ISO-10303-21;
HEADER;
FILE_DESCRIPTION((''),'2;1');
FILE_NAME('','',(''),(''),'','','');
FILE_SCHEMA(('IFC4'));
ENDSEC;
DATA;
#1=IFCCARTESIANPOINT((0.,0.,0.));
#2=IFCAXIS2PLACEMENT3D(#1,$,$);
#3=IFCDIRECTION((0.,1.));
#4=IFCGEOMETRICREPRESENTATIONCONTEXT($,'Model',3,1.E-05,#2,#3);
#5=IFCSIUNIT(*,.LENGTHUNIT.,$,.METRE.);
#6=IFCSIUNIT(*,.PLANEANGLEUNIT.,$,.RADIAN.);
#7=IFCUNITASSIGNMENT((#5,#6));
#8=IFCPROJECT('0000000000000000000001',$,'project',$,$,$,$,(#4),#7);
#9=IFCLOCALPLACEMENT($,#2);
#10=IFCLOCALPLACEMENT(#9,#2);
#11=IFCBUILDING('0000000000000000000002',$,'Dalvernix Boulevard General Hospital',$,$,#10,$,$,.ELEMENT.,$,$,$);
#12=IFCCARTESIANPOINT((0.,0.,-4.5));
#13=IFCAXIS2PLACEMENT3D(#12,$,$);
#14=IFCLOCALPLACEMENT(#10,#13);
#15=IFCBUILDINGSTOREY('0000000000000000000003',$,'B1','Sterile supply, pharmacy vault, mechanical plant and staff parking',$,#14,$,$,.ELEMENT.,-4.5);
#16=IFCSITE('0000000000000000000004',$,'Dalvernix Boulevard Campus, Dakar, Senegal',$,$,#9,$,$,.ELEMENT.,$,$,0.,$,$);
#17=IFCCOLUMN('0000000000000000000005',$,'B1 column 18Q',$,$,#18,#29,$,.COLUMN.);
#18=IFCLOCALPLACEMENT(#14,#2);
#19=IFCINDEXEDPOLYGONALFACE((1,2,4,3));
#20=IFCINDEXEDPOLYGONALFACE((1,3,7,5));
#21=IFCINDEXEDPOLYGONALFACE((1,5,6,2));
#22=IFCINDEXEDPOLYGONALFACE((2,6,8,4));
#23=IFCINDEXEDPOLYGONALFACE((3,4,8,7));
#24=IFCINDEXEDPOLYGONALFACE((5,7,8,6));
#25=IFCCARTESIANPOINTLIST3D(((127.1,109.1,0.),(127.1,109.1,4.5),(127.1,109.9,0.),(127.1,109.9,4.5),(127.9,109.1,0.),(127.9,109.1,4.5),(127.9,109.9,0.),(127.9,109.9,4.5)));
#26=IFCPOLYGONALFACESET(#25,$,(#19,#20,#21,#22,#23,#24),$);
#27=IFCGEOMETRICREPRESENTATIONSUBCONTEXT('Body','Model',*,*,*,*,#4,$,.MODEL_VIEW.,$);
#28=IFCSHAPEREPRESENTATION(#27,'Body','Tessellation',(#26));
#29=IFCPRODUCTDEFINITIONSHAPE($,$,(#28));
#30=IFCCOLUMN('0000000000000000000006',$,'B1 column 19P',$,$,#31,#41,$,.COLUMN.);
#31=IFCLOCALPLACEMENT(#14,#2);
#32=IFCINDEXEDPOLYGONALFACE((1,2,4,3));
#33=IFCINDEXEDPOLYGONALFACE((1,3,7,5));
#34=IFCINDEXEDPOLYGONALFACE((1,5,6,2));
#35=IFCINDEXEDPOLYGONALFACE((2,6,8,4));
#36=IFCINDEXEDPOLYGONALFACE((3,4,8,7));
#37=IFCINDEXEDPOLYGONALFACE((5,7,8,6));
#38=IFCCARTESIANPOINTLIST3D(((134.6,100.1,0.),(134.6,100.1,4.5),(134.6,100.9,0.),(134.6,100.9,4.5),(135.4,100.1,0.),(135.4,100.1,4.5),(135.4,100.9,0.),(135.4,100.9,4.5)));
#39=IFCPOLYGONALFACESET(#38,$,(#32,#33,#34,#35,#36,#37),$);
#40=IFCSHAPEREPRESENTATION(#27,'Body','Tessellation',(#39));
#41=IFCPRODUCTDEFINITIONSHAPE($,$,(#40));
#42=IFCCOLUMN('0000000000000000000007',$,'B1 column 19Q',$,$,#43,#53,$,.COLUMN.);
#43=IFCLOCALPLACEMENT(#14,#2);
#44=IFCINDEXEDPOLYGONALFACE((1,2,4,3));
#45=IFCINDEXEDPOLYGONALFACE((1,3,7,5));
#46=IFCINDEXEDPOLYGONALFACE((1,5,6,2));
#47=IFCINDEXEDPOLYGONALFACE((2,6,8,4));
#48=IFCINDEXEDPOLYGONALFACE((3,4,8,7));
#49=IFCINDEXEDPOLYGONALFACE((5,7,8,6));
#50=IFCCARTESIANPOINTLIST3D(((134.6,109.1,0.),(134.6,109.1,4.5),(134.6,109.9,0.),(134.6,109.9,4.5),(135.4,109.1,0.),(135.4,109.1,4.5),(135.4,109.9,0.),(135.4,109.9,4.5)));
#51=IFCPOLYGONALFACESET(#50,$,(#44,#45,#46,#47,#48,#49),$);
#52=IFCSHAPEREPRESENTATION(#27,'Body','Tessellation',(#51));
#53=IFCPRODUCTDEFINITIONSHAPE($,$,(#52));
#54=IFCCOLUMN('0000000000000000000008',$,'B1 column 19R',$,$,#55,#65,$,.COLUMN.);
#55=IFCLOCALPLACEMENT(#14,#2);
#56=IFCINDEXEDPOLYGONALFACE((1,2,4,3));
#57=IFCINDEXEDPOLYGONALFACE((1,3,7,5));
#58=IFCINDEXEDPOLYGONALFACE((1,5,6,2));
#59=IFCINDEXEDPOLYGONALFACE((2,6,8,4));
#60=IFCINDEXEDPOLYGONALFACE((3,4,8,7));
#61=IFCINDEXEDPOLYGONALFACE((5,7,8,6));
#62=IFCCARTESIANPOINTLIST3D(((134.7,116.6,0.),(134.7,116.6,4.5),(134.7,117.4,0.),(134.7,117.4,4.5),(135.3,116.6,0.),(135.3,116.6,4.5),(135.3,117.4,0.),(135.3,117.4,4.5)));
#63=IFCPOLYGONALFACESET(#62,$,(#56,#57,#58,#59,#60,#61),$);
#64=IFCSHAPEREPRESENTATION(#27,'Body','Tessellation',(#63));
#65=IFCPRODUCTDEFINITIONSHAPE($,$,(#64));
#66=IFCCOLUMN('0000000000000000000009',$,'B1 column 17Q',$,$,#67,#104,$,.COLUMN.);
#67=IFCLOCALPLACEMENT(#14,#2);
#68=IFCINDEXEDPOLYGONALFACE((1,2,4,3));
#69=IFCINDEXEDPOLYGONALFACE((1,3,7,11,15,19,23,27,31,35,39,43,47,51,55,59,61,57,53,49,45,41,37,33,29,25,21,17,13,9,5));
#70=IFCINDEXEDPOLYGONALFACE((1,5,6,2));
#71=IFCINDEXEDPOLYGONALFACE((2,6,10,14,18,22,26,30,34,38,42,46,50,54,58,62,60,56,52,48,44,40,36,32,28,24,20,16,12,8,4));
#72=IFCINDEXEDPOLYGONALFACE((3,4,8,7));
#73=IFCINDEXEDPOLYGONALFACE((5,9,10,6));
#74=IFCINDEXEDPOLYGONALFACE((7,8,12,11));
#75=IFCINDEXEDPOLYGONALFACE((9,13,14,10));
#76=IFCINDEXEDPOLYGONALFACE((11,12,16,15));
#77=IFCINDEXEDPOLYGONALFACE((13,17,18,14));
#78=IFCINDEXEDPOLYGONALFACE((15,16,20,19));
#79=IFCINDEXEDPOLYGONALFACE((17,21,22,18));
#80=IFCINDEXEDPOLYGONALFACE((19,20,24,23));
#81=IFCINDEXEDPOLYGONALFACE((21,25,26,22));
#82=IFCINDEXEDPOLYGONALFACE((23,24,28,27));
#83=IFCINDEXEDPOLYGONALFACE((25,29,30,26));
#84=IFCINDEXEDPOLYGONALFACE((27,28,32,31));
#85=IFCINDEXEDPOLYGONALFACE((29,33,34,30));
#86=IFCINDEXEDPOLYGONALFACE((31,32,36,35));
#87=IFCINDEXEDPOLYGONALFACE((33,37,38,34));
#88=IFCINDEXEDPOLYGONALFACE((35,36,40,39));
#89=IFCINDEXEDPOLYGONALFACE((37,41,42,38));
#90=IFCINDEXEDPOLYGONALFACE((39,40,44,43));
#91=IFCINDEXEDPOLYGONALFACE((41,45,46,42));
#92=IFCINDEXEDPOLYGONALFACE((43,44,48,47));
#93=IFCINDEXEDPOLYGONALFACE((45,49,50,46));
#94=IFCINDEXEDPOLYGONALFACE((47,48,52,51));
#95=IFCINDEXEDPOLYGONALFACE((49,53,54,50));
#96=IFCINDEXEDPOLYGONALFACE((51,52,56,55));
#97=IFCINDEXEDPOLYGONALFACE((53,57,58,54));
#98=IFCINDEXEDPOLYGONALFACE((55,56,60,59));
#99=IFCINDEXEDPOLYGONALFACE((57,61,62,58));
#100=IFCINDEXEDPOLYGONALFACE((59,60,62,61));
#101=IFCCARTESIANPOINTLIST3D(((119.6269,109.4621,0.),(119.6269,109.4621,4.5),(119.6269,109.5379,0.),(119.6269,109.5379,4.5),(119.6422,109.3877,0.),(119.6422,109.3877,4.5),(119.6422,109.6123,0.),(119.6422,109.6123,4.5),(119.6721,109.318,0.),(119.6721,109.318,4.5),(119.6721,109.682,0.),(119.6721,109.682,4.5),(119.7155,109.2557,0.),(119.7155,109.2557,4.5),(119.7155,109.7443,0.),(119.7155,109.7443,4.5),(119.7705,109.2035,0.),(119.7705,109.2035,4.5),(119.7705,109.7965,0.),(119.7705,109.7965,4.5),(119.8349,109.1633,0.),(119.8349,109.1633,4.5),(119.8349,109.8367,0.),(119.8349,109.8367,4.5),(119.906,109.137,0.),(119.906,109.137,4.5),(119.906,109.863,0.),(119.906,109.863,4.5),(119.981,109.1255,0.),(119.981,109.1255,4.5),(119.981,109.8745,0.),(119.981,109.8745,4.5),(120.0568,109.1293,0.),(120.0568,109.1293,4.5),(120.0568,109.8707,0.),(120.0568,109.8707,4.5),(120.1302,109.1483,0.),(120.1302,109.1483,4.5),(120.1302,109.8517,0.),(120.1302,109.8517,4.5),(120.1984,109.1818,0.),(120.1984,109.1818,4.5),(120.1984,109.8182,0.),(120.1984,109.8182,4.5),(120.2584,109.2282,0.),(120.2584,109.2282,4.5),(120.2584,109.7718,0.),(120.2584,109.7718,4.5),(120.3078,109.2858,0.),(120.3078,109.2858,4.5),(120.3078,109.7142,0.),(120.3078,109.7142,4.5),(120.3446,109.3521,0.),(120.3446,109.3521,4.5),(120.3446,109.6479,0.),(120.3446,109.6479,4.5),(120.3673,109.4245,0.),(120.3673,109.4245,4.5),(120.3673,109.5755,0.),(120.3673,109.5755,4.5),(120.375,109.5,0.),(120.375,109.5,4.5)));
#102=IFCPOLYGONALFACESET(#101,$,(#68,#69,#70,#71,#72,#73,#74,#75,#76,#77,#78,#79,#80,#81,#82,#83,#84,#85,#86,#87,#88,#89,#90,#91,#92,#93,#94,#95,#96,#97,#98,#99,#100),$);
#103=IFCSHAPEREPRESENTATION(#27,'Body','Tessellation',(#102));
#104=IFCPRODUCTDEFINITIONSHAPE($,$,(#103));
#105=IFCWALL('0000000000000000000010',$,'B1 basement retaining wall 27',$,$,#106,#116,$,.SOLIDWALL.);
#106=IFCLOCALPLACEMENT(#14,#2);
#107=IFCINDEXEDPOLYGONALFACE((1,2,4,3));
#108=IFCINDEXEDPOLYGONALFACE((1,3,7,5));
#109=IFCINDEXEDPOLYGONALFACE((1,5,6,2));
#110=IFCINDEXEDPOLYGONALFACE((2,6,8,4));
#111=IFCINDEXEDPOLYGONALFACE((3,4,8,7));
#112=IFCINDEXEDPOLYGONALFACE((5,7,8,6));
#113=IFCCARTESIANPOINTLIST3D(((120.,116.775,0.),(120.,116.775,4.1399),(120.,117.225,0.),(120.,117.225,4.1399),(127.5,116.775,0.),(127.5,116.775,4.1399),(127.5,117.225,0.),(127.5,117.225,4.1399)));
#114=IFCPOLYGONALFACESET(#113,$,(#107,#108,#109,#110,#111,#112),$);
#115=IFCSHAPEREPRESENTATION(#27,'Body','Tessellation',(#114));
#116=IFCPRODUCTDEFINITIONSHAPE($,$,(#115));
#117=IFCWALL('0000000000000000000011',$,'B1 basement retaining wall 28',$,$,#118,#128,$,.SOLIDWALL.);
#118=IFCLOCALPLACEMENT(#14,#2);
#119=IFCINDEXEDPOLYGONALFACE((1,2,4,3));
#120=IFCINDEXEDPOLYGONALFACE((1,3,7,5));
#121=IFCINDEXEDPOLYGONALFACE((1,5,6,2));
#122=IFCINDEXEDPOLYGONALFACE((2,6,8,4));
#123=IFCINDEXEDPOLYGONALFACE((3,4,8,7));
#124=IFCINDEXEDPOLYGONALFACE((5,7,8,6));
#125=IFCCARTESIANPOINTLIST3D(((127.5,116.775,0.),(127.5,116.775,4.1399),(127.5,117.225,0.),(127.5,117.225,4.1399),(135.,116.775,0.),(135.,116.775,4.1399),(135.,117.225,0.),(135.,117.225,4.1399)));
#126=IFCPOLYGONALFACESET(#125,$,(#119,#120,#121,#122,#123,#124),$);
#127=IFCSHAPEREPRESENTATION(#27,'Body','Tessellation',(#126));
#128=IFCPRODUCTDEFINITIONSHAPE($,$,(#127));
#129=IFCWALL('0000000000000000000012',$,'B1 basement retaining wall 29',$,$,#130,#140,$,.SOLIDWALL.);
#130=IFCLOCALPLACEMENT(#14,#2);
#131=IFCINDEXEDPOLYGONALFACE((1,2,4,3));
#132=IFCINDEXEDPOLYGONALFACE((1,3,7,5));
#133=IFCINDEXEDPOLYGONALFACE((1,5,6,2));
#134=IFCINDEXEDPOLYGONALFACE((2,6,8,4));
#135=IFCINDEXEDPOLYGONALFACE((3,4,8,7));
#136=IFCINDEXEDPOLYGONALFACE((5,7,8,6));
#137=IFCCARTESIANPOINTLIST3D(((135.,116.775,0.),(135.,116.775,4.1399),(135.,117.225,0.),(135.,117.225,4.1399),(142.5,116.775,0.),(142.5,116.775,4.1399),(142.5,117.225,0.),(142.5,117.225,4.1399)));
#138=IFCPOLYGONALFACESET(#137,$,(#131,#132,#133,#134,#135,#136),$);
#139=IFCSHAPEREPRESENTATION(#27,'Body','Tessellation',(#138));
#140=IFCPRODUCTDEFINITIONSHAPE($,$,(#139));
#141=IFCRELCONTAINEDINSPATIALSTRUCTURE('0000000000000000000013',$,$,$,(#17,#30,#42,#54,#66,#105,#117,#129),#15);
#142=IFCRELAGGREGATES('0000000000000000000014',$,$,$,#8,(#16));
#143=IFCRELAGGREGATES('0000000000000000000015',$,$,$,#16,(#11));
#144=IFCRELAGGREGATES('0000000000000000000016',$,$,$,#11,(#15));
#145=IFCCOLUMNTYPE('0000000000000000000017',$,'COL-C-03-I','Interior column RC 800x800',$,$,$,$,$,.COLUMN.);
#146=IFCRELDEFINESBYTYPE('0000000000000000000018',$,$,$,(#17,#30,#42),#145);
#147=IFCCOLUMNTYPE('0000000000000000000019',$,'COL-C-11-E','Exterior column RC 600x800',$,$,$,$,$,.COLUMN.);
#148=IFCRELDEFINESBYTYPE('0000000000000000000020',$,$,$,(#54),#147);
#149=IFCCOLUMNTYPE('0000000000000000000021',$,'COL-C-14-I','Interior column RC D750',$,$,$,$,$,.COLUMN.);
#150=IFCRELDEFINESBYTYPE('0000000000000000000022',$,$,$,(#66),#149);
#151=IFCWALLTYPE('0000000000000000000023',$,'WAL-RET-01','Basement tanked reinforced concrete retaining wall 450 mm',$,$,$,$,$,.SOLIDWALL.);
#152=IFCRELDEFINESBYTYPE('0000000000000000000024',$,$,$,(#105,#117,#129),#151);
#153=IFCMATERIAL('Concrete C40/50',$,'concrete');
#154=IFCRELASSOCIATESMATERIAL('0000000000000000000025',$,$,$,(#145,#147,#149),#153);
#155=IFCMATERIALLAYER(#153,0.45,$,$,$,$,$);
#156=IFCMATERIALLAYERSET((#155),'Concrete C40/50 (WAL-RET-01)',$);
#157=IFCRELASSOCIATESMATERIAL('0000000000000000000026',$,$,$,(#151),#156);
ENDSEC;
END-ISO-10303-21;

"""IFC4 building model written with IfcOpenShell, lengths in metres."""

from ifc_helpers import new_model, si_unit, direction, frame, frame_2d, origin, origin_2d, place, context, subcontext, project, spatial, rectangle, circle, extrude, material, layer, layer_set, material_profile, profile_set, type_object, element, save


model = new_model("IFC4")

# Units and contexts
model_context = context("Model", 3, precision=1e-05, world=origin(), true_north=direction((0.0, 1.0)))
body_context = subcontext(model_context, "Body", "Model", "MODEL_VIEW")
ifc_project = project(units=[si_unit("LENGTHUNIT", "METRE"), si_unit("PLANEANGLEUNIT", "RADIAN")], contexts=[model_context])

# Site, building, storey
site_placement = place(None, origin())
site = spatial("IfcSite", under=ifc_project, at=site_placement, Name="Dalvernix Boulevard Campus, Dakar, Senegal", CompositionType="ELEMENT", RefElevation=0.0)
building_placement = place(site_placement, origin())
building = spatial("IfcBuilding", under=site, at=building_placement, Name="Dalvernix Boulevard General Hospital", CompositionType="ELEMENT")
storey_placement = place(building_placement, frame((0.0, 0.0, -4.5)))
storey = spatial("IfcBuildingStorey", under=building, at=storey_placement, Name="B1", Description="Sterile supply, pharmacy vault, mechanical plant and staff parking", CompositionType="ELEMENT", Elevation=-4.5)

# Shared definitions
ifc_material_1 = material(Name="Concrete C40/50", Category="concrete")

# Columns
ifc_material_profile_1 = material_profile(ifc_material_1, rectangle(XDim=0.8, YDim=0.8, at=origin_2d()), Name="RC 800x800")
ifc_profile_set_1 = profile_set([ifc_material_profile_1], Name="Concrete C40/50")
column_type_1 = type_object("IfcColumnType", Name="COL-C-03-I", Description="Interior column RC 800x800", PredefinedType="COLUMN", material=ifc_profile_set_1)
for number, where, z_axis, x_axis, name in (
    (1, (127.5, 109.5, 0.0), (0.0, 0.0, 1.0), (1.0, 0.0, 0.0), "B1 column 18Q"),
    (2, (135.0, 100.5, 0.0), (0.0, 0.0, 1.0), (1.0, 0.0, 0.0), "B1 column 19P"),
    (3, (135.0, 109.5, 0.0), (0.0, 0.0, 1.0), (1.0, 0.0, 0.0), "B1 column 19Q"),
):
    element("IfcColumn", number, at=place(storey_placement, frame(where, z_axis=z_axis, x_axis=x_axis)), inside=storey, type_object=column_type_1, Name=name, PredefinedType="COLUMN", context=body_context, shape_type="SweptSolid", body=[
        extrude(rectangle(XDim=0.8, YDim=0.8, at=origin_2d()), origin(), (0.0, 0.0, 1.0), 4.5),
    ])
ifc_material_profile_2 = material_profile(ifc_material_1, rectangle(XDim=0.6001, YDim=0.8, at=origin_2d()), Name="RC 600x800")
ifc_profile_set_2 = profile_set([ifc_material_profile_2], Name="Concrete C40/50")
column_type_2 = type_object("IfcColumnType", Name="COL-C-11-E", Description="Exterior column RC 600x800", PredefinedType="COLUMN", material=ifc_profile_set_2)
column_1_placement = place(storey_placement, frame((135.0, 117.0, 0.0), z_axis=(0.0, 0.0, 1.0), x_axis=(1.0, 0.0, 0.0)))
element("IfcColumn", 4, at=column_1_placement, inside=storey, type_object=column_type_2, Name="B1 column 19R", PredefinedType="COLUMN", context=body_context, shape_type="SweptSolid", body=[
    extrude(rectangle(XDim=0.6001, YDim=0.8, at=origin_2d()), origin(), (0.0, 0.0, 1.0), 4.5),
])
ifc_material_profile_3 = material_profile(ifc_material_1, circle(Radius=0.375, at=origin_2d()), Name="RC D750")
ifc_profile_set_3 = profile_set([ifc_material_profile_3], Name="Concrete C40/50")
column_type_3 = type_object("IfcColumnType", Name="COL-C-14-I", Description="Interior column RC D750", PredefinedType="COLUMN", material=ifc_profile_set_3)
column_2_placement = place(storey_placement, frame((120.0, 109.5, 0.0), z_axis=(0.0, 0.0, 1.0), x_axis=(1.0, 0.0, 0.0)))
element("IfcColumn", 5, at=column_2_placement, inside=storey, type_object=column_type_3, Name="B1 column 17Q", PredefinedType="COLUMN", context=body_context, shape_type="SweptSolid", body=[
    extrude(circle(Radius=0.375, at=origin_2d()), origin(), (0.0, 0.0, 1.0), 4.5),
])

# Walls
ifc_layer = layer(ifc_material_1, 0.45)
ifc_layer_set = layer_set([ifc_layer], Name="Concrete C40/50 (WAL-RET-01)")
wall_type = type_object("IfcWallType", Name="WAL-RET-01", Description="Basement tanked reinforced concrete retaining wall 450 mm", PredefinedType="SOLIDWALL", material=ifc_layer_set)
for number, where, z_axis, x_axis, name in (
    (6, (120.0, 117.0, 0.0), (0.0, 0.0, 1.0), (1.0, 0.0, 0.0), "B1 basement retaining wall 27"),
    (7, (127.5, 117.0, 0.0), (0.0, 0.0, 1.0), (1.0, 0.0, 0.0), "B1 basement retaining wall 28"),
    (8, (135.0, 117.0, 0.0), (0.0, 0.0, 1.0), (1.0, 0.0, 0.0), "B1 basement retaining wall 29"),
):
    element("IfcWall", number, at=place(storey_placement, frame(where, z_axis=z_axis, x_axis=x_axis)), inside=storey, type_object=wall_type, Name=name, PredefinedType="SOLIDWALL", context=body_context, shape_type="SweptSolid", body=[
        extrude(rectangle(XDim=7.5, YDim=0.45, at=frame_2d((3.75, 0.0))), origin(), (0.0, 0.0, 1.0), 4.1399),
    ])

save(model, "model.ifc")
